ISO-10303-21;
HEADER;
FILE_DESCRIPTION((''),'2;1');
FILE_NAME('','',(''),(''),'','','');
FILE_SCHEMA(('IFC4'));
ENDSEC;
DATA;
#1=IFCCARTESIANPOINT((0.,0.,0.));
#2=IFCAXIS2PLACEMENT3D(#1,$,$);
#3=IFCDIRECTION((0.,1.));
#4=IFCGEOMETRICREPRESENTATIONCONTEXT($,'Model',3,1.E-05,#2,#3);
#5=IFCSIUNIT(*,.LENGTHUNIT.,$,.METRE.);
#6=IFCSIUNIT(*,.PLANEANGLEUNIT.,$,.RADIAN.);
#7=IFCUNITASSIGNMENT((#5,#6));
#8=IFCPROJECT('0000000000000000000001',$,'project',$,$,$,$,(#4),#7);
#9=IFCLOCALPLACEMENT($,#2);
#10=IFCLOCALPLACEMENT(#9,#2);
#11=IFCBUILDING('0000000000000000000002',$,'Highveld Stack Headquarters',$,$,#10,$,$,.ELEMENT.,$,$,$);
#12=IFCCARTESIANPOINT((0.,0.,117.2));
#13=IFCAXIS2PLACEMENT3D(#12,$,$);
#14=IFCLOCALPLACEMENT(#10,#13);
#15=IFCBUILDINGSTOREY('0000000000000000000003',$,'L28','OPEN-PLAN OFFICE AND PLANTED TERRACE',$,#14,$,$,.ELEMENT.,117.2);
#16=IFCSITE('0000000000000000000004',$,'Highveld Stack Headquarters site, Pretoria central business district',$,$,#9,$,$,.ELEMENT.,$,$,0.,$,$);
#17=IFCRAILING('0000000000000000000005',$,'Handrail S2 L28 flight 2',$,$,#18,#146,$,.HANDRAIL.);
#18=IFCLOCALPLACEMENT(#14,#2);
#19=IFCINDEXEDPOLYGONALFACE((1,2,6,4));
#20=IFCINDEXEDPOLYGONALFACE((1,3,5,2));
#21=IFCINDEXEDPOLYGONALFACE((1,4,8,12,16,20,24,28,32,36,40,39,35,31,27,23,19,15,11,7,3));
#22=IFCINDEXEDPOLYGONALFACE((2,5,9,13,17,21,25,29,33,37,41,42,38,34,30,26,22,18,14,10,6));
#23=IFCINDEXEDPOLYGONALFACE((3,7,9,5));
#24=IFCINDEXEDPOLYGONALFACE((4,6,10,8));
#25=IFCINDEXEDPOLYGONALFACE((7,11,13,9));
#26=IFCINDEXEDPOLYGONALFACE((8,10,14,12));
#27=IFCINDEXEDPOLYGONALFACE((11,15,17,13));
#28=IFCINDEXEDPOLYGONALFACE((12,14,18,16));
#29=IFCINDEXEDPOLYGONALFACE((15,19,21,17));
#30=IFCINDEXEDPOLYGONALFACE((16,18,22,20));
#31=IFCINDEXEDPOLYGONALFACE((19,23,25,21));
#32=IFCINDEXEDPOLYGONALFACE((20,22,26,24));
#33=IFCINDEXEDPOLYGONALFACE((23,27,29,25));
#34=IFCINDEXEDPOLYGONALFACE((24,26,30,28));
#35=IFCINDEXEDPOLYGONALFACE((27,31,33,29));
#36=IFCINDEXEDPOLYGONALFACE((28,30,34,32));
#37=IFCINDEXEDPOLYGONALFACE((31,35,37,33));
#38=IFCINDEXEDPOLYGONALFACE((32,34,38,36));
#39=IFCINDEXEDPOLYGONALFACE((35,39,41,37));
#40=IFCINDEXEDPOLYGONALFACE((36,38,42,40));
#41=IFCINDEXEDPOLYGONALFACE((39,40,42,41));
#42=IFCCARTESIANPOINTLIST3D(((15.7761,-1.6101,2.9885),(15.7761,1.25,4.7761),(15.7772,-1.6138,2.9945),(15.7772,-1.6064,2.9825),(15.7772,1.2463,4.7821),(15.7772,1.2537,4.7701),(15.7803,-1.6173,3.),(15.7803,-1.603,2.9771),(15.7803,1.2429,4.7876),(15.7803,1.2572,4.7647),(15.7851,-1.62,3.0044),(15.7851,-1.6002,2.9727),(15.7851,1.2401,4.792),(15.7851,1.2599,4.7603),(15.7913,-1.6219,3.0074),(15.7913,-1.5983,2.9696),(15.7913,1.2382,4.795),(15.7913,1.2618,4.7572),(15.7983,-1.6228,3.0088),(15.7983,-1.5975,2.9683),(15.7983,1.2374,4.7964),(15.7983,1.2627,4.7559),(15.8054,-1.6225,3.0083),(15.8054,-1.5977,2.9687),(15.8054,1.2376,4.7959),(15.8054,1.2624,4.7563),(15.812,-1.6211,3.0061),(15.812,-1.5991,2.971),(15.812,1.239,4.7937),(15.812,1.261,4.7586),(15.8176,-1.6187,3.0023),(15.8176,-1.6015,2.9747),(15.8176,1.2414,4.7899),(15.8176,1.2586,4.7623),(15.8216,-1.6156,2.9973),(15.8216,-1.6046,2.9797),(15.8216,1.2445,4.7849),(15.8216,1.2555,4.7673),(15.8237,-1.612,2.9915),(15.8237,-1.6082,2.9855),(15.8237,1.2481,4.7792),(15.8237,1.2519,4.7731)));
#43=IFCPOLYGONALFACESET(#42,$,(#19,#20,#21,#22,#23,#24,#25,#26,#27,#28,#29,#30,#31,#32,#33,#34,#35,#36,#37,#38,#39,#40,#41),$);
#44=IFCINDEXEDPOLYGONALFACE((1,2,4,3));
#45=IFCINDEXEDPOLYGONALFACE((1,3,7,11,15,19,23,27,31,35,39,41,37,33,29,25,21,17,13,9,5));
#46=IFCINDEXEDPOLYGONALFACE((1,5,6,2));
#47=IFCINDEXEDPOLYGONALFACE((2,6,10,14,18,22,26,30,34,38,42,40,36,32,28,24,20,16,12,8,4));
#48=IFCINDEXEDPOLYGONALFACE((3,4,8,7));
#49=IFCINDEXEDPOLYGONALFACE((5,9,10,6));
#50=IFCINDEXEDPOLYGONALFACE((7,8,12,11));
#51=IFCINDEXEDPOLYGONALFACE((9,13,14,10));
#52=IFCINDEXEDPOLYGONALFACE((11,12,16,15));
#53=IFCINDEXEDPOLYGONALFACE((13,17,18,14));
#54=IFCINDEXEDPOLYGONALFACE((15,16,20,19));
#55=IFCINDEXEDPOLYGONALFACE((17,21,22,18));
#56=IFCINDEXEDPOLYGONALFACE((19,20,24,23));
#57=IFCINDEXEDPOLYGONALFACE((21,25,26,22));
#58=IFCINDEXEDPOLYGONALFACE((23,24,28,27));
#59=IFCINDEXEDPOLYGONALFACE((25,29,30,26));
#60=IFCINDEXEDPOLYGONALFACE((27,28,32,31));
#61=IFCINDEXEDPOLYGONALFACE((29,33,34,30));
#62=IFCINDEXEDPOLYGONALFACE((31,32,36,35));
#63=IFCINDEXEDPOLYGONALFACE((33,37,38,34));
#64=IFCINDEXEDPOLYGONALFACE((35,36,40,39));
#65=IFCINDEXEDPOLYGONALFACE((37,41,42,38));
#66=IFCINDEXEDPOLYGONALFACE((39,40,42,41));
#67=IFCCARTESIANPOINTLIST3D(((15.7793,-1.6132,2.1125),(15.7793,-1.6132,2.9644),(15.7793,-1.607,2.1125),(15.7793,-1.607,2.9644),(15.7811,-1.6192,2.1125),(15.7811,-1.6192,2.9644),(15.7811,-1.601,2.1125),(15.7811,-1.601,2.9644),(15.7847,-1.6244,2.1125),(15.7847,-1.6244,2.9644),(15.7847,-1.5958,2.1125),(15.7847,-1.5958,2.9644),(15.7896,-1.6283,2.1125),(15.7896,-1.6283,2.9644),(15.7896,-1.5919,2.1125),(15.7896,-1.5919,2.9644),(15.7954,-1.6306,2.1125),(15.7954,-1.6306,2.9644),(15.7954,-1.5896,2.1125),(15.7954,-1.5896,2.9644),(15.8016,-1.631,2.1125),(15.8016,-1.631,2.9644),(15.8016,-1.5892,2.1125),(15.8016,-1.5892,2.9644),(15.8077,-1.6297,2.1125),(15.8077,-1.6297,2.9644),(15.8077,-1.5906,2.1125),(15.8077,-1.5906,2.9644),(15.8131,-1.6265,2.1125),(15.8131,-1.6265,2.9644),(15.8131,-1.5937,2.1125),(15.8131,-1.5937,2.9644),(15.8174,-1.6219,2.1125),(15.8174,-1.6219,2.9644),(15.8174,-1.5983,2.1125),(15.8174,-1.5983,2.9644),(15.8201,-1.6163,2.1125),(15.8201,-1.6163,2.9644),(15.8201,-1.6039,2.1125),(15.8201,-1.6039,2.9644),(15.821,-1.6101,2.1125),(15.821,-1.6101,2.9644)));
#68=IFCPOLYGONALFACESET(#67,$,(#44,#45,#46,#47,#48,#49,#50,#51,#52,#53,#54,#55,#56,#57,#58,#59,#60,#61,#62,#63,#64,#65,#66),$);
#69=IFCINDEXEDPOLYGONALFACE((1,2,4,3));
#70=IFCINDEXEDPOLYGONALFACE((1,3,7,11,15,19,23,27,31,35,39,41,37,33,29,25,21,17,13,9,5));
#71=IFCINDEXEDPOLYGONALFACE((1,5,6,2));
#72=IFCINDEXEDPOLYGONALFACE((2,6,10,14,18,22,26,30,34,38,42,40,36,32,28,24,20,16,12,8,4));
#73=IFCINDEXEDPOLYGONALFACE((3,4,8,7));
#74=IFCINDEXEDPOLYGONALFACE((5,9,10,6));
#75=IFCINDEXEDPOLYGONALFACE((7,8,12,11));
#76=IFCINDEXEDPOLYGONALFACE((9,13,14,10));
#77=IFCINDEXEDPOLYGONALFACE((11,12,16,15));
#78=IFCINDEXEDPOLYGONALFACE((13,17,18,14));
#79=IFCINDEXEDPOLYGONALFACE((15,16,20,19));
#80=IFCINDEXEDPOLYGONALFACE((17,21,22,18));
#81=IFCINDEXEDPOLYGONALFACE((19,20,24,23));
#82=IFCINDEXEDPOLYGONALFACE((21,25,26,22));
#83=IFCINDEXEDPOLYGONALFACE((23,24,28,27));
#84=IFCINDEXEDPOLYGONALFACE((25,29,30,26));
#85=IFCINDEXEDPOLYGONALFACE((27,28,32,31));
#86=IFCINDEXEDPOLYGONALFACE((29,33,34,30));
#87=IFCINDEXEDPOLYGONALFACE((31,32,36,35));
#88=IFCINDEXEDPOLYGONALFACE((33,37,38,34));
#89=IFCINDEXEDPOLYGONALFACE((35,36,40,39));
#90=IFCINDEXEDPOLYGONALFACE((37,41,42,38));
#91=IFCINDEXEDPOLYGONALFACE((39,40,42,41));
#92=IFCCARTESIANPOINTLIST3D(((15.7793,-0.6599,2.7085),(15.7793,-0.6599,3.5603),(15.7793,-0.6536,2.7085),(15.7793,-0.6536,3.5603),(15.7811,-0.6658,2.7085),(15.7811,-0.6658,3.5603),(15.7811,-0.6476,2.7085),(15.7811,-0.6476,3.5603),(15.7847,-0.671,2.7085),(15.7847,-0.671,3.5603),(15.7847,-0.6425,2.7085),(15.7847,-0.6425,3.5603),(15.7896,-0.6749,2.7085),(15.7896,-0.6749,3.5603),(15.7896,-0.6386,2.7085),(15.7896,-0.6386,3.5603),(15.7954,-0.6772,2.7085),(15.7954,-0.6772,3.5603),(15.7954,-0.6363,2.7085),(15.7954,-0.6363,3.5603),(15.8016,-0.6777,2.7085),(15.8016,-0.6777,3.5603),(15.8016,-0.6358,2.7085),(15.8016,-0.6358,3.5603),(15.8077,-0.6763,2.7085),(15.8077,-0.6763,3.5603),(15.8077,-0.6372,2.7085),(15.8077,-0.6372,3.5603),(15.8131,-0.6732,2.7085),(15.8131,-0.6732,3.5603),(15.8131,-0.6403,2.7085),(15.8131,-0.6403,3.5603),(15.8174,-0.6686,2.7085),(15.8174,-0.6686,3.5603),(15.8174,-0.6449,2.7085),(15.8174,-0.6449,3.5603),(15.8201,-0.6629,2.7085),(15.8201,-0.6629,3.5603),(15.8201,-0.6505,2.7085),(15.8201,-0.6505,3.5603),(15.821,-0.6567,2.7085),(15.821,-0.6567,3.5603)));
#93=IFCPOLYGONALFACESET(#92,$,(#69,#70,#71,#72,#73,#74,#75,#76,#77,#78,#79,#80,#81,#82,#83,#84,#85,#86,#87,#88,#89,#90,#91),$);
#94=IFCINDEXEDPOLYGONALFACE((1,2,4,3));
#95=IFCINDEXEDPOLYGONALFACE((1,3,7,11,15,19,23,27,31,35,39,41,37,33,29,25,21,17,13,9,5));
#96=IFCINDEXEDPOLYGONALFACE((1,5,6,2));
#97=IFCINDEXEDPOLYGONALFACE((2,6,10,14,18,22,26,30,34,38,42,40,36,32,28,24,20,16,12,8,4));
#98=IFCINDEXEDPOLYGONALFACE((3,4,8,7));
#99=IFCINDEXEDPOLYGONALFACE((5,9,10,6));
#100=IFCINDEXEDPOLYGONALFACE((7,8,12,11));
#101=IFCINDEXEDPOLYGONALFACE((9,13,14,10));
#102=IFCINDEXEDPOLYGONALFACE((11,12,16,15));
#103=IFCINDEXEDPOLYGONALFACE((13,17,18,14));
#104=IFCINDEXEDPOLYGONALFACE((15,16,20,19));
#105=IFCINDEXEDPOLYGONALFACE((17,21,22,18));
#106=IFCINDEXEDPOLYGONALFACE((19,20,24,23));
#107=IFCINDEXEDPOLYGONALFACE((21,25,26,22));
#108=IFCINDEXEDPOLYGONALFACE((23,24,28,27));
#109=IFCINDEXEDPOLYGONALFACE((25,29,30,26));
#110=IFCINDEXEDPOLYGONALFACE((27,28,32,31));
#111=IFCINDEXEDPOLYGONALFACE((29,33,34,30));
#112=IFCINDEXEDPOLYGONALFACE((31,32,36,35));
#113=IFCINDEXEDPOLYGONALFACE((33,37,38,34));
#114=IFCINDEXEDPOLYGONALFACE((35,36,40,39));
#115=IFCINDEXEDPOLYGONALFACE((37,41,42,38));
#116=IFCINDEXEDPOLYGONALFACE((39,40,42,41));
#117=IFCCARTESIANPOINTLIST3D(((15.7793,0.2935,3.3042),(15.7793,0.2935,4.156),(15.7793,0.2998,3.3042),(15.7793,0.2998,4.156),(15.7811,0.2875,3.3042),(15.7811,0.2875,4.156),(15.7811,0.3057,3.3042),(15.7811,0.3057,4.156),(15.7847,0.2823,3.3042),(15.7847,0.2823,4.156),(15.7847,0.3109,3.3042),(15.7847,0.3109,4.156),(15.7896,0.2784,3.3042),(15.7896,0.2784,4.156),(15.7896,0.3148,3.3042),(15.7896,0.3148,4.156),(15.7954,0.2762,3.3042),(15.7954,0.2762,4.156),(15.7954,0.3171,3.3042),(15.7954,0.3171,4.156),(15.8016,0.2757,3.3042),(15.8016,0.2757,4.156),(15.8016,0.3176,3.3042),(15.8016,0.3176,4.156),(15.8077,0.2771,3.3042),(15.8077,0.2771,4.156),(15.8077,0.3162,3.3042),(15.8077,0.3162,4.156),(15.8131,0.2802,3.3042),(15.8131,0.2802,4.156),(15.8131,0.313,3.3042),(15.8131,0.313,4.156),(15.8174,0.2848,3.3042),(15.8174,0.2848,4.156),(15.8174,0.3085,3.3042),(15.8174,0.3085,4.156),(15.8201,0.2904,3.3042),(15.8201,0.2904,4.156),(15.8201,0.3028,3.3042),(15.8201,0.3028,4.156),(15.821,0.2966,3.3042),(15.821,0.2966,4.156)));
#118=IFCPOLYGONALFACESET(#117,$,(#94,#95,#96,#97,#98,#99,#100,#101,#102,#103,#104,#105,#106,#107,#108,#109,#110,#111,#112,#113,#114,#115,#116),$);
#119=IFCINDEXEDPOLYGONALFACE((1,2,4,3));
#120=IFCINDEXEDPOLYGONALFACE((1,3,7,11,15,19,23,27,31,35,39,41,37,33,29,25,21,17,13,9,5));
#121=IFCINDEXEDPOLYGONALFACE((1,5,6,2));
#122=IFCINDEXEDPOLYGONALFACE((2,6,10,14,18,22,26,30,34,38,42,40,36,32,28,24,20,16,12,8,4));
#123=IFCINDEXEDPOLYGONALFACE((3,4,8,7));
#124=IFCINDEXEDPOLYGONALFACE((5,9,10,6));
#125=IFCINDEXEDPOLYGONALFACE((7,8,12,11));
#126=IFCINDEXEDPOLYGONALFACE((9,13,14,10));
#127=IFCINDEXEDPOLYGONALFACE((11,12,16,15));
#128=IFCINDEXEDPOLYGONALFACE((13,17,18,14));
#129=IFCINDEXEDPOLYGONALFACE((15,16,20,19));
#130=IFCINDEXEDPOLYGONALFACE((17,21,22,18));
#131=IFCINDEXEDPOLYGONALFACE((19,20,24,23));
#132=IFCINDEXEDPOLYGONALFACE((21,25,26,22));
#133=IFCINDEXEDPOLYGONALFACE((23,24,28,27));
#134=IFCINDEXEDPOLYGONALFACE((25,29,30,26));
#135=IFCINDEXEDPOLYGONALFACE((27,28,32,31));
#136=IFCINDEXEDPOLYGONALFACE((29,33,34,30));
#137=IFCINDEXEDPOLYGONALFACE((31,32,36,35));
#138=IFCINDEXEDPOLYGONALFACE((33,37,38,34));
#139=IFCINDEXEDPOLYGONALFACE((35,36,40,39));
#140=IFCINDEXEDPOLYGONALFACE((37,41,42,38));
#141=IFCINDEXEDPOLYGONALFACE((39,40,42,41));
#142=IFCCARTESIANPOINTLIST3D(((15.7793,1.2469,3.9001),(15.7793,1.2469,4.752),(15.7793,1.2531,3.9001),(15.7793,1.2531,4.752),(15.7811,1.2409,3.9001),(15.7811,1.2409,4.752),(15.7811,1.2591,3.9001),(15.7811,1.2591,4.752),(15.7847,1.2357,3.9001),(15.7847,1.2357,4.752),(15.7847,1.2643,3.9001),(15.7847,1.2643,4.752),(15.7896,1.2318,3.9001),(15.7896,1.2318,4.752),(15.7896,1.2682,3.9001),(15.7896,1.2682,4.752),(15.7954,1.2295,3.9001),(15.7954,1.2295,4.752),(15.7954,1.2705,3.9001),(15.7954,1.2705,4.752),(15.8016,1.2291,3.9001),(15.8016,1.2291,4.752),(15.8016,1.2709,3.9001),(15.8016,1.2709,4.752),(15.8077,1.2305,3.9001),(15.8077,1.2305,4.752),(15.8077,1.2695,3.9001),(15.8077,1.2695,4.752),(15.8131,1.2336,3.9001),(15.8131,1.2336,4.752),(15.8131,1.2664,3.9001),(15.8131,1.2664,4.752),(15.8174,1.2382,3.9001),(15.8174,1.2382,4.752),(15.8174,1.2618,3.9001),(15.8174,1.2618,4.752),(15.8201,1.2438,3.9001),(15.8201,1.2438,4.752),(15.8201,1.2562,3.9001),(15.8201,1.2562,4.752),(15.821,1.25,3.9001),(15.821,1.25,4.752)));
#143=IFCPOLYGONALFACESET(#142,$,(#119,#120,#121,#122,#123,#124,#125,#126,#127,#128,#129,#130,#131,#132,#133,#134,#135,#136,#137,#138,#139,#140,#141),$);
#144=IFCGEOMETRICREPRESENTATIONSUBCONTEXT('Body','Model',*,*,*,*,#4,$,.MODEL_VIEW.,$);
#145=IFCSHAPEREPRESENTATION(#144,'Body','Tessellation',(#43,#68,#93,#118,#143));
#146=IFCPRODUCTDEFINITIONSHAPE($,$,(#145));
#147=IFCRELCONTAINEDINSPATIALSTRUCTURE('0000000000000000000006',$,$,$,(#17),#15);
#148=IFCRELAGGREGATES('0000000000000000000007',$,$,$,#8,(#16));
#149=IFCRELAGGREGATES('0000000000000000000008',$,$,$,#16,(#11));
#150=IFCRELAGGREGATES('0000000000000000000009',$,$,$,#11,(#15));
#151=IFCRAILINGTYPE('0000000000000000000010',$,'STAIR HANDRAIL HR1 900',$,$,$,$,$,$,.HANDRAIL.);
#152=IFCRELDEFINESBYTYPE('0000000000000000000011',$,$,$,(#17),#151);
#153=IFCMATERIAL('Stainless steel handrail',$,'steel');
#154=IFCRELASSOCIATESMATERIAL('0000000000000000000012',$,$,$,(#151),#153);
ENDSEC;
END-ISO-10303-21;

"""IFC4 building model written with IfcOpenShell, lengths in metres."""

from ifc_helpers import new_model, si_unit, direction, frame, origin, origin_2d, place, context, subcontext, project, spatial, circle, extrude, material, type_object, element, save


model = new_model("IFC4")

# Units and contexts
model_context = context("Model", 3, precision=1e-05, world=origin(), true_north=direction((0.0, 1.0)))
body_context = subcontext(model_context, "Body", "Model", "MODEL_VIEW")
ifc_project = project(units=[si_unit("LENGTHUNIT", "METRE"), si_unit("PLANEANGLEUNIT", "RADIAN")], contexts=[model_context])

# Site, building, storey
site_placement = place(None, origin())
site = spatial("IfcSite", under=ifc_project, at=site_placement, Name="Highveld Stack Headquarters site, Pretoria central business district", CompositionType="ELEMENT", RefElevation=0.0)
building_placement = place(site_placement, origin())
building = spatial("IfcBuilding", under=site, at=building_placement, Name="Highveld Stack Headquarters", CompositionType="ELEMENT")
storey_placement = place(building_placement, frame((0.0, 0.0, 117.2)))
storey = spatial("IfcBuildingStorey", under=building, at=storey_placement, Name="L28", Description="OPEN-PLAN OFFICE AND PLANTED TERRACE", CompositionType="ELEMENT", Elevation=117.2)

# Railing
ifc_material_1 = material(Name="Stainless steel handrail", Category="steel")
railing_type = type_object("IfcRailingType", Name="STAIR HANDRAIL HR1 900", PredefinedType="HANDRAIL", material=ifc_material_1)
for number, where, name in (
    (1, (15.8, -1.6101, 2.1125), "Handrail S2 L28 flight 2"),
):
    element("IfcRailing", number, at=place(storey_placement, frame(where)), inside=storey, type_object=railing_type, Name=name, PredefinedType="HANDRAIL", context=body_context, shape_type="SweptSolid", body=[
        extrude(circle(Radius=0.0239, at=origin_2d()), frame((0.0, 0.0, 0.876), z_axis=(0.0, 0.847994, 0.530005), x_axis=(-1.0, 0.0, 0.0)), (0.0, 0.0, 1.0), 3.3728),
        extrude(circle(Radius=0.021, at=origin_2d()), origin(), (0.0, 0.0, 1.0), 0.8518),
        extrude(circle(Radius=0.021, at=origin_2d()), frame((0.0, 0.9534, 0.5959)), (0.0, 0.0, 1.0), 0.8518),
        extrude(circle(Radius=0.021, at=origin_2d()), frame((0.0, 1.9067, 1.1917)), (0.0, 0.0, 1.0), 0.8518),
        extrude(circle(Radius=0.021, at=origin_2d()), frame((0.0, 2.8601, 1.7876)), (0.0, 0.0, 1.0), 0.8518),
    ])

save(model, "model.ifc")
